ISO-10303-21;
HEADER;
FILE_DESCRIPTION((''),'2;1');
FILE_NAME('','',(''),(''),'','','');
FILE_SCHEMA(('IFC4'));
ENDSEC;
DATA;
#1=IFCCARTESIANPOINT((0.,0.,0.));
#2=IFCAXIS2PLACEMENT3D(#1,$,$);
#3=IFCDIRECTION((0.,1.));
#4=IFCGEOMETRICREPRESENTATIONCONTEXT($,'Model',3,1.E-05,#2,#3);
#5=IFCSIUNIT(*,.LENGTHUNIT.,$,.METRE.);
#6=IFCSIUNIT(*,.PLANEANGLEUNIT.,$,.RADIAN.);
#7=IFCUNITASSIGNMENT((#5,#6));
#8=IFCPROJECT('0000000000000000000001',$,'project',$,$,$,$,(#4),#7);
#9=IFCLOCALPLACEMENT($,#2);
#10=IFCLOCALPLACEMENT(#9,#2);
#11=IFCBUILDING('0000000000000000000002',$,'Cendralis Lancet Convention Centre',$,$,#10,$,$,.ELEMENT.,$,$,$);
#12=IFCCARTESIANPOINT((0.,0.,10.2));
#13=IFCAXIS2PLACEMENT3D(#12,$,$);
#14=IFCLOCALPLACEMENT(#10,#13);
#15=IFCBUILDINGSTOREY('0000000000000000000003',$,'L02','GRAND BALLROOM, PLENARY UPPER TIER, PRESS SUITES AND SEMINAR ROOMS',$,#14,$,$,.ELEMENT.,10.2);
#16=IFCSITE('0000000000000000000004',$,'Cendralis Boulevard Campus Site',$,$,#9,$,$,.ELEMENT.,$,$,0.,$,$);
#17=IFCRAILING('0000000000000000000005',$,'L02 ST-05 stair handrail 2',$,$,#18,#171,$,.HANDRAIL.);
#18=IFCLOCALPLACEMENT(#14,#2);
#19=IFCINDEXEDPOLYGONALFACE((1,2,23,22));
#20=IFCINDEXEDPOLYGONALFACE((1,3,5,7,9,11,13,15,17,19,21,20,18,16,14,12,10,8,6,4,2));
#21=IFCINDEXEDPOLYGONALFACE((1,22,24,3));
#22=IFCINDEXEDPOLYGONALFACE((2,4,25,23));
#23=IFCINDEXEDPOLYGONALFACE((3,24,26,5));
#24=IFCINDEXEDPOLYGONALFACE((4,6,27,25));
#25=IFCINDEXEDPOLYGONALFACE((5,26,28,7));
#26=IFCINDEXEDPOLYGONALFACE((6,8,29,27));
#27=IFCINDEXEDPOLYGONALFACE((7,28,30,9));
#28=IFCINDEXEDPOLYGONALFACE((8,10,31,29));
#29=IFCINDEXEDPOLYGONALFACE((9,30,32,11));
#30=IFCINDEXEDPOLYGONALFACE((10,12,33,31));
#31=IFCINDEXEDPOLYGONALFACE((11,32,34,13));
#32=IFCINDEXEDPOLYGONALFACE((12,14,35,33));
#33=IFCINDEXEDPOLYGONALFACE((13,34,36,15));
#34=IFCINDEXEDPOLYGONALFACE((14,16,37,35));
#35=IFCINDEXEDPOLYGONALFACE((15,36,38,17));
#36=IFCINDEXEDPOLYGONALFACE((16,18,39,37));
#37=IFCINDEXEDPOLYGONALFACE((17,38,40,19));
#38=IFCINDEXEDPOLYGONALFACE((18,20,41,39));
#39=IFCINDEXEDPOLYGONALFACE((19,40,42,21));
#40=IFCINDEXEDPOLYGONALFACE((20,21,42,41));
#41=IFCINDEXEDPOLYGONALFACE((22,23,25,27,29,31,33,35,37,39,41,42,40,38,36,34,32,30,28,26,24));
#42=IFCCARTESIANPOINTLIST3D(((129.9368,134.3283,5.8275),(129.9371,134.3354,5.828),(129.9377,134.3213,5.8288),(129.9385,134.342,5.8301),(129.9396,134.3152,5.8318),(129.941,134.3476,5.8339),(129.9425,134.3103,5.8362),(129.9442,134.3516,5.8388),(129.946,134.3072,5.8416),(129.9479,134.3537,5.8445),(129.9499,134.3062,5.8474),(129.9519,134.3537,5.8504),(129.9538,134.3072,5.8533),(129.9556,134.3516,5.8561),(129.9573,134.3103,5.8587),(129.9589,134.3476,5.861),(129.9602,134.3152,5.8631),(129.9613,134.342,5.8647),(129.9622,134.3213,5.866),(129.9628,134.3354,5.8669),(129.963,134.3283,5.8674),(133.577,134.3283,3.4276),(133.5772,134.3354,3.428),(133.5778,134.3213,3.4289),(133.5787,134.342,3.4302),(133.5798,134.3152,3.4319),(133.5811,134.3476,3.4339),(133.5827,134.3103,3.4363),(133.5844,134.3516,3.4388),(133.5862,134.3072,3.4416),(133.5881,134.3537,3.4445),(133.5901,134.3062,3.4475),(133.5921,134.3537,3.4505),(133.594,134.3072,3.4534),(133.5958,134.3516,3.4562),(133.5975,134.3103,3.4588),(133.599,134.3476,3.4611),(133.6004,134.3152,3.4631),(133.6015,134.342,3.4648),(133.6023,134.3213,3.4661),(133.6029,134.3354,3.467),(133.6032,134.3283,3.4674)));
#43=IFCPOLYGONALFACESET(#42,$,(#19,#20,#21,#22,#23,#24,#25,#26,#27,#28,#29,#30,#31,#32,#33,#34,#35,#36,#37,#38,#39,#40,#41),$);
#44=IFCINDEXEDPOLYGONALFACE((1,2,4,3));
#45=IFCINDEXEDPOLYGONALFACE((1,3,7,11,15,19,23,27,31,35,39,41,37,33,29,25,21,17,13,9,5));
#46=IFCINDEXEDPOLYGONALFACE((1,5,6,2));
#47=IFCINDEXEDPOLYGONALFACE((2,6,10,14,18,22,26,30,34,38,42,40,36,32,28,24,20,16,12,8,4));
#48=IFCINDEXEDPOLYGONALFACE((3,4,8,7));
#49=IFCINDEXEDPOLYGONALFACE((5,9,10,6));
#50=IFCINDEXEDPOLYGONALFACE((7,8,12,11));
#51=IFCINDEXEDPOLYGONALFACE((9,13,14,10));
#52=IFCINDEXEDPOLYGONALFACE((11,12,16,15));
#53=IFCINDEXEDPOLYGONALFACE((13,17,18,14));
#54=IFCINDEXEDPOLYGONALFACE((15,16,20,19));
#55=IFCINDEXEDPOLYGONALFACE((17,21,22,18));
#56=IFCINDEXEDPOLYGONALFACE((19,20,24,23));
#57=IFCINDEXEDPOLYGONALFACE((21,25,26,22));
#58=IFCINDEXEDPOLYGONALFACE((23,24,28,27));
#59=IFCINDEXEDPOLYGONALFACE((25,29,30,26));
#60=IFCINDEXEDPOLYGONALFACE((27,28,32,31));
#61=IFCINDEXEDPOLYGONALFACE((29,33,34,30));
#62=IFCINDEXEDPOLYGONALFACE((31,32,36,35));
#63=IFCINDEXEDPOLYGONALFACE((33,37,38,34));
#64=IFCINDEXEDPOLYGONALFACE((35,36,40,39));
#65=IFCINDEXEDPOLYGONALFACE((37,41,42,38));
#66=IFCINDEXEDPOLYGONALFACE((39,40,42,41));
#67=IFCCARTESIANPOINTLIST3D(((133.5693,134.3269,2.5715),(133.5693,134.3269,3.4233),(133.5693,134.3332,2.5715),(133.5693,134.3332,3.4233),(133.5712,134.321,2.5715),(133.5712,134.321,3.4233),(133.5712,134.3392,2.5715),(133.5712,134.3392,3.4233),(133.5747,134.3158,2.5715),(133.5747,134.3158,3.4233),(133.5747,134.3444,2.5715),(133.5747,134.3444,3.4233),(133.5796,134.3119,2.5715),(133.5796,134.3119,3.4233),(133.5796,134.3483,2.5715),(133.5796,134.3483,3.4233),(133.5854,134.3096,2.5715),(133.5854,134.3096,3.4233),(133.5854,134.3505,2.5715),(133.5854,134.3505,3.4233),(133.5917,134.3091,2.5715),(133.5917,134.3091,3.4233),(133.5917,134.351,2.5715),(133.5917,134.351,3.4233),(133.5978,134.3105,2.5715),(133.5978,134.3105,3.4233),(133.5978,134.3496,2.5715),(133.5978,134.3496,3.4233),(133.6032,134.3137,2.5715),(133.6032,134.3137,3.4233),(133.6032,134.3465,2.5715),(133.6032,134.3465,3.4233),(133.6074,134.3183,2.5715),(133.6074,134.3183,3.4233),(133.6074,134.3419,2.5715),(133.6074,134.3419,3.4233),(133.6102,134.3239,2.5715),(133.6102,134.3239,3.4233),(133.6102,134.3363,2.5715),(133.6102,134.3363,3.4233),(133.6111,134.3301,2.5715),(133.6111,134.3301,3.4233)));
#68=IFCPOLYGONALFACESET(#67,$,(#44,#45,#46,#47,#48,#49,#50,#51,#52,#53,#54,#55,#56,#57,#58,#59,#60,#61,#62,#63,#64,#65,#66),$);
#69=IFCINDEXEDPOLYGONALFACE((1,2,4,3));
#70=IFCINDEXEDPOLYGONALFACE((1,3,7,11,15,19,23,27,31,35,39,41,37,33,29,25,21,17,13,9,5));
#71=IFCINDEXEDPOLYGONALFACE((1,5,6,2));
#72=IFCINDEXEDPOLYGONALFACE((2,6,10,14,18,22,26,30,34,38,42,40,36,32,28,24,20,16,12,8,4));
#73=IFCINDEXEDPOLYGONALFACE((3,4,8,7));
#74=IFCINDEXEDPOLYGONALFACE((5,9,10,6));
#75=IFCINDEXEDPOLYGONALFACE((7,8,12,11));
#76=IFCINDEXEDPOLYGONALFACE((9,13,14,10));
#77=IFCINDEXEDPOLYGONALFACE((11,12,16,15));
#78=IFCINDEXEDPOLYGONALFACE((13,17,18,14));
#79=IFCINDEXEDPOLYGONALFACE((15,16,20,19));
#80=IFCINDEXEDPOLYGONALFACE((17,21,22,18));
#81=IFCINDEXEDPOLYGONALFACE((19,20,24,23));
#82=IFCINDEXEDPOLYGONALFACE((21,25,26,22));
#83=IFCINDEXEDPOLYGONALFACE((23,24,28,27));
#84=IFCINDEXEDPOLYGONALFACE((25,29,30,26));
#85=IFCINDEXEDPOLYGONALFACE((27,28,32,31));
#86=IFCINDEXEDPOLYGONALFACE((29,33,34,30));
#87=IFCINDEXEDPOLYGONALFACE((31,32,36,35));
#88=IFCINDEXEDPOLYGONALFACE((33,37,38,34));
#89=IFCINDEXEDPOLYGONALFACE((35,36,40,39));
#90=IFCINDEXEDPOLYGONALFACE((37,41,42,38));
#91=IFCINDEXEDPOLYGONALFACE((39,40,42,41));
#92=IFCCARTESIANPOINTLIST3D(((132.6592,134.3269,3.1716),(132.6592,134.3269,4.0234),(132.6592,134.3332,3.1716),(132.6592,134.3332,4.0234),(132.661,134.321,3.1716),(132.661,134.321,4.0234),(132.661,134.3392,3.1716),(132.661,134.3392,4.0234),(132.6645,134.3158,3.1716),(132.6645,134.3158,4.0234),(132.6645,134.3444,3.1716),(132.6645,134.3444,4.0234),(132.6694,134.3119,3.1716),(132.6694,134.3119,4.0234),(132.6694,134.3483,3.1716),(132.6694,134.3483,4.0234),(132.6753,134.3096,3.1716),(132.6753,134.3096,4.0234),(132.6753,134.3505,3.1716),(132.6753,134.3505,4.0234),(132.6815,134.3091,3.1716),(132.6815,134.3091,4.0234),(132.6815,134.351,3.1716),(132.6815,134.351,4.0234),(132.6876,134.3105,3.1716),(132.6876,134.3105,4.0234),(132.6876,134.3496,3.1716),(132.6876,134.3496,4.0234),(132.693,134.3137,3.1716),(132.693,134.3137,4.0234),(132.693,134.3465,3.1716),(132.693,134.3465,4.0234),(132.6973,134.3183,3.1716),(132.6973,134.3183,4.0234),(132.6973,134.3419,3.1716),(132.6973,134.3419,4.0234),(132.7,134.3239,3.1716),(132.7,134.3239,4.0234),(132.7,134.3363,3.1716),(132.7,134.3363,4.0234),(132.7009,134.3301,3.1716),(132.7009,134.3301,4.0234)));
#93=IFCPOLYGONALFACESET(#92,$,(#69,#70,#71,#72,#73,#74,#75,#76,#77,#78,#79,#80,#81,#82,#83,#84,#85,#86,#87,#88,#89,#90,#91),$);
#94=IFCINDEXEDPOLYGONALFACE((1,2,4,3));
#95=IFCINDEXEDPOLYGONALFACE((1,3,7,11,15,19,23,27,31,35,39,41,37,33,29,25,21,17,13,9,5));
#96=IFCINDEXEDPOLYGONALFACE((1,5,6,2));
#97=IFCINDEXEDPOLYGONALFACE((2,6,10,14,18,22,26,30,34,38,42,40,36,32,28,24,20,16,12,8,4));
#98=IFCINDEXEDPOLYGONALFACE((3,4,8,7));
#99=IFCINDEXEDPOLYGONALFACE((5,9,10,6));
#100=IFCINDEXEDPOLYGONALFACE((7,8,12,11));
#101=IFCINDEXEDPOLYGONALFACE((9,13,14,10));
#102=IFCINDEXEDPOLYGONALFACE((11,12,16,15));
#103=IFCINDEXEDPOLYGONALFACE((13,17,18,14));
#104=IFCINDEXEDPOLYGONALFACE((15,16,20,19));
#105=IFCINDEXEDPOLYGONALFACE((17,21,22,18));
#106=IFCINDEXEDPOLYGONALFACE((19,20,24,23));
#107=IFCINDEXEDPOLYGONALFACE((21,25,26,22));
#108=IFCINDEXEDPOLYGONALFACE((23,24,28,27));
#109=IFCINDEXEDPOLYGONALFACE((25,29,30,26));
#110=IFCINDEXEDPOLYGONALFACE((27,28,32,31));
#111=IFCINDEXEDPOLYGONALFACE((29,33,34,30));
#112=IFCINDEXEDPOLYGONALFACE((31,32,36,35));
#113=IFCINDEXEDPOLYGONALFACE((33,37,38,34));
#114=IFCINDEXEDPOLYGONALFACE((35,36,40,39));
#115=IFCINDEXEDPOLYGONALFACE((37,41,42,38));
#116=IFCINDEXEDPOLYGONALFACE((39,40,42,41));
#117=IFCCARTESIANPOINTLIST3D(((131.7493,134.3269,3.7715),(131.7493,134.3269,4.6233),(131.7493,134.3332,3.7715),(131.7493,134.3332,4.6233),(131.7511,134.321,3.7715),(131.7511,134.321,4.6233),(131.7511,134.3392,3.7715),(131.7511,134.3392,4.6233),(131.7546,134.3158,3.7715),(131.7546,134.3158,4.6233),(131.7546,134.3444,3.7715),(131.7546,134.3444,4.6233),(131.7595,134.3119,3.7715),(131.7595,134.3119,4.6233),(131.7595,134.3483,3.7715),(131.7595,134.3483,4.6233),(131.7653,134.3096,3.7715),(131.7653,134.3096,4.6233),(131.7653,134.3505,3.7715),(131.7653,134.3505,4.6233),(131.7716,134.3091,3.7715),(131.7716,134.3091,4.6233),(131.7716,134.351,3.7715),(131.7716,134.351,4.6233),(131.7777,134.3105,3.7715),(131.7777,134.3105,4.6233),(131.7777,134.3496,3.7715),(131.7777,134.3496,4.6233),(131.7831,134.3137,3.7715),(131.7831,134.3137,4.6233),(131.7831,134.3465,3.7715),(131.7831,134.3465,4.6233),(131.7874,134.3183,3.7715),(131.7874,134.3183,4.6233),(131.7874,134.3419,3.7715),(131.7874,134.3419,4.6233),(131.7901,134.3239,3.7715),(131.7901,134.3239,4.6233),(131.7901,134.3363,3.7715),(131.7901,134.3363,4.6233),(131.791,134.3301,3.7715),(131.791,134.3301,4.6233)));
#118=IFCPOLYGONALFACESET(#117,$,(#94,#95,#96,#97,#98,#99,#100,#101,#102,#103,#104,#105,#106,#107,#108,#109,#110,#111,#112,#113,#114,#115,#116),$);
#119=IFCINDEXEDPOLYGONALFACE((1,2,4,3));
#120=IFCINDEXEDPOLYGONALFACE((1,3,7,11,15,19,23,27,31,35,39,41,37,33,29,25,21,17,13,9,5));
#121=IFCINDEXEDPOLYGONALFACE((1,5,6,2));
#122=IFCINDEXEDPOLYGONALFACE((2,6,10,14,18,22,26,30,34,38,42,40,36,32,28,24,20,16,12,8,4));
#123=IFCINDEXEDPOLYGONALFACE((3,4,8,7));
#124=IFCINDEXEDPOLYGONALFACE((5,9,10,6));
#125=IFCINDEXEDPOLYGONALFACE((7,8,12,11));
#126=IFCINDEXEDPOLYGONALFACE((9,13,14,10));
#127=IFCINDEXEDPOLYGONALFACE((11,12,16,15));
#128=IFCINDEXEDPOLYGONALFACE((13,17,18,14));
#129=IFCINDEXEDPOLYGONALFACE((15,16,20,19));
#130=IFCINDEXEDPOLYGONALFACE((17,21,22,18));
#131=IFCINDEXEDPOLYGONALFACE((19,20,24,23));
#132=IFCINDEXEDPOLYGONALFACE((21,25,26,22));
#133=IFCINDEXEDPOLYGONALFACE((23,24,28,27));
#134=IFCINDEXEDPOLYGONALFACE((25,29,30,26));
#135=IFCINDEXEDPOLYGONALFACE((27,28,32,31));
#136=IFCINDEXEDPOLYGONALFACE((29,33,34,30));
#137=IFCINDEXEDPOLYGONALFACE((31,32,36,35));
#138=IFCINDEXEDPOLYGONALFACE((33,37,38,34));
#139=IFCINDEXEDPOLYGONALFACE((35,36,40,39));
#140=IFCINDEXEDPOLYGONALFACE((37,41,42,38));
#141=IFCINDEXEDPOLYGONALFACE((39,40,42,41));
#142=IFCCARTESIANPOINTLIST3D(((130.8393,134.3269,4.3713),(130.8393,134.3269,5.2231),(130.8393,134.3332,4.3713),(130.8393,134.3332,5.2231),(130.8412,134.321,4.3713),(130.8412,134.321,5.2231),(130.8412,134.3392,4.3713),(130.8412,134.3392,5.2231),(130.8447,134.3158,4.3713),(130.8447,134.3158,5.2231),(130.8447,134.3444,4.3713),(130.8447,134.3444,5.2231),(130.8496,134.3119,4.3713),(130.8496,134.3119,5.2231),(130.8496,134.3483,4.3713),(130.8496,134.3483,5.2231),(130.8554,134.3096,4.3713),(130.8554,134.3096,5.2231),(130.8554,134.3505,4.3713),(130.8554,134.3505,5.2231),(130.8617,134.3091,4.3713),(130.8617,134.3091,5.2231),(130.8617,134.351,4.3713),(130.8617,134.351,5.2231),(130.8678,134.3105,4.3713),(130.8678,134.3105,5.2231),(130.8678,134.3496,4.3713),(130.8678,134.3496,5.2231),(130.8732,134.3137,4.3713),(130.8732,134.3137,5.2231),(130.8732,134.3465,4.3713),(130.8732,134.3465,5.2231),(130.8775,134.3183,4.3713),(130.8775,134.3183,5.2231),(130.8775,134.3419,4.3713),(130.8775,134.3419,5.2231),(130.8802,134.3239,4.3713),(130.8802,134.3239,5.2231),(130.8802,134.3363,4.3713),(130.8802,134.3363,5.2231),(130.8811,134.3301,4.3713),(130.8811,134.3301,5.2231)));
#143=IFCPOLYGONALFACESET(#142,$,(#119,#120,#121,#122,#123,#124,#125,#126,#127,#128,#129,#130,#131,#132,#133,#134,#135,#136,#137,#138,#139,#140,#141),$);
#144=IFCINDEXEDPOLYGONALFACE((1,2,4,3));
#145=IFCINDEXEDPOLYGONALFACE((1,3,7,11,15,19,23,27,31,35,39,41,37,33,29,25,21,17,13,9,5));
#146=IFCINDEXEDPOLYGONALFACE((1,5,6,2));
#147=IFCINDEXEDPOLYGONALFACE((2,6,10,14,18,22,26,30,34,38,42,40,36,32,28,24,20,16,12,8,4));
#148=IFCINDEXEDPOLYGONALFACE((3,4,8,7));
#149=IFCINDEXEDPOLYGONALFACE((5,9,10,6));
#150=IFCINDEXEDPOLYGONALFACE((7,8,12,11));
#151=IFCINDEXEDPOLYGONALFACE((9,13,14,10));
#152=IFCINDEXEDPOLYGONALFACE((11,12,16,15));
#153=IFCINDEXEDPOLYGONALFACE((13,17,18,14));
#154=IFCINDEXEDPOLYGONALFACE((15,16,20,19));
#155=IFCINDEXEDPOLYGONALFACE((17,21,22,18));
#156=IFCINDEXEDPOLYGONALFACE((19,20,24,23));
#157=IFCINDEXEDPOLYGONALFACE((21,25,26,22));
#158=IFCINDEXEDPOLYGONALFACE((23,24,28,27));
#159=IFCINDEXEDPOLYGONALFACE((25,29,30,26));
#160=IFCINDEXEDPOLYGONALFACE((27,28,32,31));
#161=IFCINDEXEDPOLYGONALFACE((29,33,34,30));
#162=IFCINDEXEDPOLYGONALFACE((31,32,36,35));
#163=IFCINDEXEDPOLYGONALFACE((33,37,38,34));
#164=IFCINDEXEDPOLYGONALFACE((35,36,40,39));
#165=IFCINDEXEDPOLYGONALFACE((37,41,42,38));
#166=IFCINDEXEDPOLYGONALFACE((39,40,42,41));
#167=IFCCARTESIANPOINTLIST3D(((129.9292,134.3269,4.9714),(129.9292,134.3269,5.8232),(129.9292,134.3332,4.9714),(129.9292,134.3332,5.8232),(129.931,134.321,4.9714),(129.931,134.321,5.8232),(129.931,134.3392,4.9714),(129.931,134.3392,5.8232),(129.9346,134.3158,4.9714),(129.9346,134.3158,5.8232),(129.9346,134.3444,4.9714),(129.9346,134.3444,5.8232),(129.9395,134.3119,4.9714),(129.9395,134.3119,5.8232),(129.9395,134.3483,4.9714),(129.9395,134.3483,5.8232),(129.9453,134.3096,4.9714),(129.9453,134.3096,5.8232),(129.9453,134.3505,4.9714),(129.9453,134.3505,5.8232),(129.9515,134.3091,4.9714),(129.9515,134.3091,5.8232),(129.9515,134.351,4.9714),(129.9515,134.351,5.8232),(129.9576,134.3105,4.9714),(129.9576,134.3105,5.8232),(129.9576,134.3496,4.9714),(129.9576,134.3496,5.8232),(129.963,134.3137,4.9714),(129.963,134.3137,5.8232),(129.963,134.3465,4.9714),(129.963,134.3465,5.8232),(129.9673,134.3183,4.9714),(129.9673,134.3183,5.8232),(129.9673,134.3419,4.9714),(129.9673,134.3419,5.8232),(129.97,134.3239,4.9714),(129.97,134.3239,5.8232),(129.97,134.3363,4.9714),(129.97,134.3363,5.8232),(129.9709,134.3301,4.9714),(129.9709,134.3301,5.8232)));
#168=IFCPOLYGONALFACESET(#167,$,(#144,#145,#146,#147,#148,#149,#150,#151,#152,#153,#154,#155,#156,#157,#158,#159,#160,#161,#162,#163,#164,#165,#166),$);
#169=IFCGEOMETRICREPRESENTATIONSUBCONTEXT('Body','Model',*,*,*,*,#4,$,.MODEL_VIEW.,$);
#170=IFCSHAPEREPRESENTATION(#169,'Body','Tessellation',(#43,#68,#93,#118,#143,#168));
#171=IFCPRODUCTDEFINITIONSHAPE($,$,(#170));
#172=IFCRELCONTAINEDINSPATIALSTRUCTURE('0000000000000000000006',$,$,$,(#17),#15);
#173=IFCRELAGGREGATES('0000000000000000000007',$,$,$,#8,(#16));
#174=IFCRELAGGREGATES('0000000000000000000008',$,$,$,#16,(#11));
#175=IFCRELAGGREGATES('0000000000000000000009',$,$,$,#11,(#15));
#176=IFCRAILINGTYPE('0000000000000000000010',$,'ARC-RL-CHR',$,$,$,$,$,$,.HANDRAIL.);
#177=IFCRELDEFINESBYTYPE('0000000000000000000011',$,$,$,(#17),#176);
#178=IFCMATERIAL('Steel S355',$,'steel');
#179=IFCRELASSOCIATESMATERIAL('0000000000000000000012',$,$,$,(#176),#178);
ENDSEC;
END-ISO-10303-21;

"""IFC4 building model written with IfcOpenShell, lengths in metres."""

from ifc_helpers import new_model, si_unit, direction, frame, origin, origin_2d, place, context, subcontext, project, spatial, circle, extrude, material, type_object, element, save


model = new_model("IFC4")

# Units and contexts
model_context = context("Model", 3, precision=1e-05, world=origin(), true_north=direction((0.0, 1.0)))
body_context = subcontext(model_context, "Body", "Model", "MODEL_VIEW")
ifc_project = project(units=[si_unit("LENGTHUNIT", "METRE"), si_unit("PLANEANGLEUNIT", "RADIAN")], contexts=[model_context])

# Site, building, storey
site_placement = place(None, origin())
site = spatial("IfcSite", under=ifc_project, at=site_placement, Name="Cendralis Boulevard Campus Site", CompositionType="ELEMENT", RefElevation=0.0)
building_placement = place(site_placement, origin())
building = spatial("IfcBuilding", under=site, at=building_placement, Name="Cendralis Lancet Convention Centre", CompositionType="ELEMENT")
storey_placement = place(building_placement, frame((0.0, 0.0, 10.2)))
storey = spatial("IfcBuildingStorey", under=building, at=storey_placement, Name="L02", Description="GRAND BALLROOM, PLENARY UPPER TIER, PRESS SUITES AND SEMINAR ROOMS", CompositionType="ELEMENT", Elevation=10.2)

# Shared definitions
ifc_material_1 = material(Name="Steel S355", Category="steel")

# Railing
railing_type_1 = type_object("IfcRailingType", Name="ARC-RL-CHR", PredefinedType="HANDRAIL", material=ifc_material_1)
railing_1_placement = place(storey_placement, frame((133.5901, 134.3301, 2.5715)))
element("IfcRailing", 1, at=railing_1_placement, inside=storey, type_object=railing_type_1, Name="L02 ST-05 stair handrail 2", PredefinedType="HANDRAIL", context=body_context, shape_type="SweptSolid", body=[
    extrude(circle(Radius=0.0239, at=origin_2d()), frame((0.0, 0.0, 0.876), z_axis=(-0.834882, 0.0, 0.550429), x_axis=(0.0, -1.0, 0.0)), (0.0, 0.0, 1.0), 4.3601),
    extrude(circle(Radius=0.021, at=origin_2d()), origin(), (0.0, 0.0, 1.0), 0.8518),
    extrude(circle(Radius=0.021, at=origin_2d()), frame((-0.9102, 0.0, 0.6001)), (0.0, 0.0, 1.0), 0.8518),
    extrude(circle(Radius=0.021, at=origin_2d()), frame((-1.8201, 0.0, 1.2)), (0.0, 0.0, 1.0), 0.8518),
    extrude(circle(Radius=0.021, at=origin_2d()), frame((-2.73, 0.0, 1.7998)), (0.0, 0.0, 1.0), 0.8518),
    extrude(circle(Radius=0.021, at=origin_2d()), frame((-3.6401, 0.0, 2.3999)), (0.0, 0.0, 1.0), 0.8518),
])

save(model, "model.ifc")
